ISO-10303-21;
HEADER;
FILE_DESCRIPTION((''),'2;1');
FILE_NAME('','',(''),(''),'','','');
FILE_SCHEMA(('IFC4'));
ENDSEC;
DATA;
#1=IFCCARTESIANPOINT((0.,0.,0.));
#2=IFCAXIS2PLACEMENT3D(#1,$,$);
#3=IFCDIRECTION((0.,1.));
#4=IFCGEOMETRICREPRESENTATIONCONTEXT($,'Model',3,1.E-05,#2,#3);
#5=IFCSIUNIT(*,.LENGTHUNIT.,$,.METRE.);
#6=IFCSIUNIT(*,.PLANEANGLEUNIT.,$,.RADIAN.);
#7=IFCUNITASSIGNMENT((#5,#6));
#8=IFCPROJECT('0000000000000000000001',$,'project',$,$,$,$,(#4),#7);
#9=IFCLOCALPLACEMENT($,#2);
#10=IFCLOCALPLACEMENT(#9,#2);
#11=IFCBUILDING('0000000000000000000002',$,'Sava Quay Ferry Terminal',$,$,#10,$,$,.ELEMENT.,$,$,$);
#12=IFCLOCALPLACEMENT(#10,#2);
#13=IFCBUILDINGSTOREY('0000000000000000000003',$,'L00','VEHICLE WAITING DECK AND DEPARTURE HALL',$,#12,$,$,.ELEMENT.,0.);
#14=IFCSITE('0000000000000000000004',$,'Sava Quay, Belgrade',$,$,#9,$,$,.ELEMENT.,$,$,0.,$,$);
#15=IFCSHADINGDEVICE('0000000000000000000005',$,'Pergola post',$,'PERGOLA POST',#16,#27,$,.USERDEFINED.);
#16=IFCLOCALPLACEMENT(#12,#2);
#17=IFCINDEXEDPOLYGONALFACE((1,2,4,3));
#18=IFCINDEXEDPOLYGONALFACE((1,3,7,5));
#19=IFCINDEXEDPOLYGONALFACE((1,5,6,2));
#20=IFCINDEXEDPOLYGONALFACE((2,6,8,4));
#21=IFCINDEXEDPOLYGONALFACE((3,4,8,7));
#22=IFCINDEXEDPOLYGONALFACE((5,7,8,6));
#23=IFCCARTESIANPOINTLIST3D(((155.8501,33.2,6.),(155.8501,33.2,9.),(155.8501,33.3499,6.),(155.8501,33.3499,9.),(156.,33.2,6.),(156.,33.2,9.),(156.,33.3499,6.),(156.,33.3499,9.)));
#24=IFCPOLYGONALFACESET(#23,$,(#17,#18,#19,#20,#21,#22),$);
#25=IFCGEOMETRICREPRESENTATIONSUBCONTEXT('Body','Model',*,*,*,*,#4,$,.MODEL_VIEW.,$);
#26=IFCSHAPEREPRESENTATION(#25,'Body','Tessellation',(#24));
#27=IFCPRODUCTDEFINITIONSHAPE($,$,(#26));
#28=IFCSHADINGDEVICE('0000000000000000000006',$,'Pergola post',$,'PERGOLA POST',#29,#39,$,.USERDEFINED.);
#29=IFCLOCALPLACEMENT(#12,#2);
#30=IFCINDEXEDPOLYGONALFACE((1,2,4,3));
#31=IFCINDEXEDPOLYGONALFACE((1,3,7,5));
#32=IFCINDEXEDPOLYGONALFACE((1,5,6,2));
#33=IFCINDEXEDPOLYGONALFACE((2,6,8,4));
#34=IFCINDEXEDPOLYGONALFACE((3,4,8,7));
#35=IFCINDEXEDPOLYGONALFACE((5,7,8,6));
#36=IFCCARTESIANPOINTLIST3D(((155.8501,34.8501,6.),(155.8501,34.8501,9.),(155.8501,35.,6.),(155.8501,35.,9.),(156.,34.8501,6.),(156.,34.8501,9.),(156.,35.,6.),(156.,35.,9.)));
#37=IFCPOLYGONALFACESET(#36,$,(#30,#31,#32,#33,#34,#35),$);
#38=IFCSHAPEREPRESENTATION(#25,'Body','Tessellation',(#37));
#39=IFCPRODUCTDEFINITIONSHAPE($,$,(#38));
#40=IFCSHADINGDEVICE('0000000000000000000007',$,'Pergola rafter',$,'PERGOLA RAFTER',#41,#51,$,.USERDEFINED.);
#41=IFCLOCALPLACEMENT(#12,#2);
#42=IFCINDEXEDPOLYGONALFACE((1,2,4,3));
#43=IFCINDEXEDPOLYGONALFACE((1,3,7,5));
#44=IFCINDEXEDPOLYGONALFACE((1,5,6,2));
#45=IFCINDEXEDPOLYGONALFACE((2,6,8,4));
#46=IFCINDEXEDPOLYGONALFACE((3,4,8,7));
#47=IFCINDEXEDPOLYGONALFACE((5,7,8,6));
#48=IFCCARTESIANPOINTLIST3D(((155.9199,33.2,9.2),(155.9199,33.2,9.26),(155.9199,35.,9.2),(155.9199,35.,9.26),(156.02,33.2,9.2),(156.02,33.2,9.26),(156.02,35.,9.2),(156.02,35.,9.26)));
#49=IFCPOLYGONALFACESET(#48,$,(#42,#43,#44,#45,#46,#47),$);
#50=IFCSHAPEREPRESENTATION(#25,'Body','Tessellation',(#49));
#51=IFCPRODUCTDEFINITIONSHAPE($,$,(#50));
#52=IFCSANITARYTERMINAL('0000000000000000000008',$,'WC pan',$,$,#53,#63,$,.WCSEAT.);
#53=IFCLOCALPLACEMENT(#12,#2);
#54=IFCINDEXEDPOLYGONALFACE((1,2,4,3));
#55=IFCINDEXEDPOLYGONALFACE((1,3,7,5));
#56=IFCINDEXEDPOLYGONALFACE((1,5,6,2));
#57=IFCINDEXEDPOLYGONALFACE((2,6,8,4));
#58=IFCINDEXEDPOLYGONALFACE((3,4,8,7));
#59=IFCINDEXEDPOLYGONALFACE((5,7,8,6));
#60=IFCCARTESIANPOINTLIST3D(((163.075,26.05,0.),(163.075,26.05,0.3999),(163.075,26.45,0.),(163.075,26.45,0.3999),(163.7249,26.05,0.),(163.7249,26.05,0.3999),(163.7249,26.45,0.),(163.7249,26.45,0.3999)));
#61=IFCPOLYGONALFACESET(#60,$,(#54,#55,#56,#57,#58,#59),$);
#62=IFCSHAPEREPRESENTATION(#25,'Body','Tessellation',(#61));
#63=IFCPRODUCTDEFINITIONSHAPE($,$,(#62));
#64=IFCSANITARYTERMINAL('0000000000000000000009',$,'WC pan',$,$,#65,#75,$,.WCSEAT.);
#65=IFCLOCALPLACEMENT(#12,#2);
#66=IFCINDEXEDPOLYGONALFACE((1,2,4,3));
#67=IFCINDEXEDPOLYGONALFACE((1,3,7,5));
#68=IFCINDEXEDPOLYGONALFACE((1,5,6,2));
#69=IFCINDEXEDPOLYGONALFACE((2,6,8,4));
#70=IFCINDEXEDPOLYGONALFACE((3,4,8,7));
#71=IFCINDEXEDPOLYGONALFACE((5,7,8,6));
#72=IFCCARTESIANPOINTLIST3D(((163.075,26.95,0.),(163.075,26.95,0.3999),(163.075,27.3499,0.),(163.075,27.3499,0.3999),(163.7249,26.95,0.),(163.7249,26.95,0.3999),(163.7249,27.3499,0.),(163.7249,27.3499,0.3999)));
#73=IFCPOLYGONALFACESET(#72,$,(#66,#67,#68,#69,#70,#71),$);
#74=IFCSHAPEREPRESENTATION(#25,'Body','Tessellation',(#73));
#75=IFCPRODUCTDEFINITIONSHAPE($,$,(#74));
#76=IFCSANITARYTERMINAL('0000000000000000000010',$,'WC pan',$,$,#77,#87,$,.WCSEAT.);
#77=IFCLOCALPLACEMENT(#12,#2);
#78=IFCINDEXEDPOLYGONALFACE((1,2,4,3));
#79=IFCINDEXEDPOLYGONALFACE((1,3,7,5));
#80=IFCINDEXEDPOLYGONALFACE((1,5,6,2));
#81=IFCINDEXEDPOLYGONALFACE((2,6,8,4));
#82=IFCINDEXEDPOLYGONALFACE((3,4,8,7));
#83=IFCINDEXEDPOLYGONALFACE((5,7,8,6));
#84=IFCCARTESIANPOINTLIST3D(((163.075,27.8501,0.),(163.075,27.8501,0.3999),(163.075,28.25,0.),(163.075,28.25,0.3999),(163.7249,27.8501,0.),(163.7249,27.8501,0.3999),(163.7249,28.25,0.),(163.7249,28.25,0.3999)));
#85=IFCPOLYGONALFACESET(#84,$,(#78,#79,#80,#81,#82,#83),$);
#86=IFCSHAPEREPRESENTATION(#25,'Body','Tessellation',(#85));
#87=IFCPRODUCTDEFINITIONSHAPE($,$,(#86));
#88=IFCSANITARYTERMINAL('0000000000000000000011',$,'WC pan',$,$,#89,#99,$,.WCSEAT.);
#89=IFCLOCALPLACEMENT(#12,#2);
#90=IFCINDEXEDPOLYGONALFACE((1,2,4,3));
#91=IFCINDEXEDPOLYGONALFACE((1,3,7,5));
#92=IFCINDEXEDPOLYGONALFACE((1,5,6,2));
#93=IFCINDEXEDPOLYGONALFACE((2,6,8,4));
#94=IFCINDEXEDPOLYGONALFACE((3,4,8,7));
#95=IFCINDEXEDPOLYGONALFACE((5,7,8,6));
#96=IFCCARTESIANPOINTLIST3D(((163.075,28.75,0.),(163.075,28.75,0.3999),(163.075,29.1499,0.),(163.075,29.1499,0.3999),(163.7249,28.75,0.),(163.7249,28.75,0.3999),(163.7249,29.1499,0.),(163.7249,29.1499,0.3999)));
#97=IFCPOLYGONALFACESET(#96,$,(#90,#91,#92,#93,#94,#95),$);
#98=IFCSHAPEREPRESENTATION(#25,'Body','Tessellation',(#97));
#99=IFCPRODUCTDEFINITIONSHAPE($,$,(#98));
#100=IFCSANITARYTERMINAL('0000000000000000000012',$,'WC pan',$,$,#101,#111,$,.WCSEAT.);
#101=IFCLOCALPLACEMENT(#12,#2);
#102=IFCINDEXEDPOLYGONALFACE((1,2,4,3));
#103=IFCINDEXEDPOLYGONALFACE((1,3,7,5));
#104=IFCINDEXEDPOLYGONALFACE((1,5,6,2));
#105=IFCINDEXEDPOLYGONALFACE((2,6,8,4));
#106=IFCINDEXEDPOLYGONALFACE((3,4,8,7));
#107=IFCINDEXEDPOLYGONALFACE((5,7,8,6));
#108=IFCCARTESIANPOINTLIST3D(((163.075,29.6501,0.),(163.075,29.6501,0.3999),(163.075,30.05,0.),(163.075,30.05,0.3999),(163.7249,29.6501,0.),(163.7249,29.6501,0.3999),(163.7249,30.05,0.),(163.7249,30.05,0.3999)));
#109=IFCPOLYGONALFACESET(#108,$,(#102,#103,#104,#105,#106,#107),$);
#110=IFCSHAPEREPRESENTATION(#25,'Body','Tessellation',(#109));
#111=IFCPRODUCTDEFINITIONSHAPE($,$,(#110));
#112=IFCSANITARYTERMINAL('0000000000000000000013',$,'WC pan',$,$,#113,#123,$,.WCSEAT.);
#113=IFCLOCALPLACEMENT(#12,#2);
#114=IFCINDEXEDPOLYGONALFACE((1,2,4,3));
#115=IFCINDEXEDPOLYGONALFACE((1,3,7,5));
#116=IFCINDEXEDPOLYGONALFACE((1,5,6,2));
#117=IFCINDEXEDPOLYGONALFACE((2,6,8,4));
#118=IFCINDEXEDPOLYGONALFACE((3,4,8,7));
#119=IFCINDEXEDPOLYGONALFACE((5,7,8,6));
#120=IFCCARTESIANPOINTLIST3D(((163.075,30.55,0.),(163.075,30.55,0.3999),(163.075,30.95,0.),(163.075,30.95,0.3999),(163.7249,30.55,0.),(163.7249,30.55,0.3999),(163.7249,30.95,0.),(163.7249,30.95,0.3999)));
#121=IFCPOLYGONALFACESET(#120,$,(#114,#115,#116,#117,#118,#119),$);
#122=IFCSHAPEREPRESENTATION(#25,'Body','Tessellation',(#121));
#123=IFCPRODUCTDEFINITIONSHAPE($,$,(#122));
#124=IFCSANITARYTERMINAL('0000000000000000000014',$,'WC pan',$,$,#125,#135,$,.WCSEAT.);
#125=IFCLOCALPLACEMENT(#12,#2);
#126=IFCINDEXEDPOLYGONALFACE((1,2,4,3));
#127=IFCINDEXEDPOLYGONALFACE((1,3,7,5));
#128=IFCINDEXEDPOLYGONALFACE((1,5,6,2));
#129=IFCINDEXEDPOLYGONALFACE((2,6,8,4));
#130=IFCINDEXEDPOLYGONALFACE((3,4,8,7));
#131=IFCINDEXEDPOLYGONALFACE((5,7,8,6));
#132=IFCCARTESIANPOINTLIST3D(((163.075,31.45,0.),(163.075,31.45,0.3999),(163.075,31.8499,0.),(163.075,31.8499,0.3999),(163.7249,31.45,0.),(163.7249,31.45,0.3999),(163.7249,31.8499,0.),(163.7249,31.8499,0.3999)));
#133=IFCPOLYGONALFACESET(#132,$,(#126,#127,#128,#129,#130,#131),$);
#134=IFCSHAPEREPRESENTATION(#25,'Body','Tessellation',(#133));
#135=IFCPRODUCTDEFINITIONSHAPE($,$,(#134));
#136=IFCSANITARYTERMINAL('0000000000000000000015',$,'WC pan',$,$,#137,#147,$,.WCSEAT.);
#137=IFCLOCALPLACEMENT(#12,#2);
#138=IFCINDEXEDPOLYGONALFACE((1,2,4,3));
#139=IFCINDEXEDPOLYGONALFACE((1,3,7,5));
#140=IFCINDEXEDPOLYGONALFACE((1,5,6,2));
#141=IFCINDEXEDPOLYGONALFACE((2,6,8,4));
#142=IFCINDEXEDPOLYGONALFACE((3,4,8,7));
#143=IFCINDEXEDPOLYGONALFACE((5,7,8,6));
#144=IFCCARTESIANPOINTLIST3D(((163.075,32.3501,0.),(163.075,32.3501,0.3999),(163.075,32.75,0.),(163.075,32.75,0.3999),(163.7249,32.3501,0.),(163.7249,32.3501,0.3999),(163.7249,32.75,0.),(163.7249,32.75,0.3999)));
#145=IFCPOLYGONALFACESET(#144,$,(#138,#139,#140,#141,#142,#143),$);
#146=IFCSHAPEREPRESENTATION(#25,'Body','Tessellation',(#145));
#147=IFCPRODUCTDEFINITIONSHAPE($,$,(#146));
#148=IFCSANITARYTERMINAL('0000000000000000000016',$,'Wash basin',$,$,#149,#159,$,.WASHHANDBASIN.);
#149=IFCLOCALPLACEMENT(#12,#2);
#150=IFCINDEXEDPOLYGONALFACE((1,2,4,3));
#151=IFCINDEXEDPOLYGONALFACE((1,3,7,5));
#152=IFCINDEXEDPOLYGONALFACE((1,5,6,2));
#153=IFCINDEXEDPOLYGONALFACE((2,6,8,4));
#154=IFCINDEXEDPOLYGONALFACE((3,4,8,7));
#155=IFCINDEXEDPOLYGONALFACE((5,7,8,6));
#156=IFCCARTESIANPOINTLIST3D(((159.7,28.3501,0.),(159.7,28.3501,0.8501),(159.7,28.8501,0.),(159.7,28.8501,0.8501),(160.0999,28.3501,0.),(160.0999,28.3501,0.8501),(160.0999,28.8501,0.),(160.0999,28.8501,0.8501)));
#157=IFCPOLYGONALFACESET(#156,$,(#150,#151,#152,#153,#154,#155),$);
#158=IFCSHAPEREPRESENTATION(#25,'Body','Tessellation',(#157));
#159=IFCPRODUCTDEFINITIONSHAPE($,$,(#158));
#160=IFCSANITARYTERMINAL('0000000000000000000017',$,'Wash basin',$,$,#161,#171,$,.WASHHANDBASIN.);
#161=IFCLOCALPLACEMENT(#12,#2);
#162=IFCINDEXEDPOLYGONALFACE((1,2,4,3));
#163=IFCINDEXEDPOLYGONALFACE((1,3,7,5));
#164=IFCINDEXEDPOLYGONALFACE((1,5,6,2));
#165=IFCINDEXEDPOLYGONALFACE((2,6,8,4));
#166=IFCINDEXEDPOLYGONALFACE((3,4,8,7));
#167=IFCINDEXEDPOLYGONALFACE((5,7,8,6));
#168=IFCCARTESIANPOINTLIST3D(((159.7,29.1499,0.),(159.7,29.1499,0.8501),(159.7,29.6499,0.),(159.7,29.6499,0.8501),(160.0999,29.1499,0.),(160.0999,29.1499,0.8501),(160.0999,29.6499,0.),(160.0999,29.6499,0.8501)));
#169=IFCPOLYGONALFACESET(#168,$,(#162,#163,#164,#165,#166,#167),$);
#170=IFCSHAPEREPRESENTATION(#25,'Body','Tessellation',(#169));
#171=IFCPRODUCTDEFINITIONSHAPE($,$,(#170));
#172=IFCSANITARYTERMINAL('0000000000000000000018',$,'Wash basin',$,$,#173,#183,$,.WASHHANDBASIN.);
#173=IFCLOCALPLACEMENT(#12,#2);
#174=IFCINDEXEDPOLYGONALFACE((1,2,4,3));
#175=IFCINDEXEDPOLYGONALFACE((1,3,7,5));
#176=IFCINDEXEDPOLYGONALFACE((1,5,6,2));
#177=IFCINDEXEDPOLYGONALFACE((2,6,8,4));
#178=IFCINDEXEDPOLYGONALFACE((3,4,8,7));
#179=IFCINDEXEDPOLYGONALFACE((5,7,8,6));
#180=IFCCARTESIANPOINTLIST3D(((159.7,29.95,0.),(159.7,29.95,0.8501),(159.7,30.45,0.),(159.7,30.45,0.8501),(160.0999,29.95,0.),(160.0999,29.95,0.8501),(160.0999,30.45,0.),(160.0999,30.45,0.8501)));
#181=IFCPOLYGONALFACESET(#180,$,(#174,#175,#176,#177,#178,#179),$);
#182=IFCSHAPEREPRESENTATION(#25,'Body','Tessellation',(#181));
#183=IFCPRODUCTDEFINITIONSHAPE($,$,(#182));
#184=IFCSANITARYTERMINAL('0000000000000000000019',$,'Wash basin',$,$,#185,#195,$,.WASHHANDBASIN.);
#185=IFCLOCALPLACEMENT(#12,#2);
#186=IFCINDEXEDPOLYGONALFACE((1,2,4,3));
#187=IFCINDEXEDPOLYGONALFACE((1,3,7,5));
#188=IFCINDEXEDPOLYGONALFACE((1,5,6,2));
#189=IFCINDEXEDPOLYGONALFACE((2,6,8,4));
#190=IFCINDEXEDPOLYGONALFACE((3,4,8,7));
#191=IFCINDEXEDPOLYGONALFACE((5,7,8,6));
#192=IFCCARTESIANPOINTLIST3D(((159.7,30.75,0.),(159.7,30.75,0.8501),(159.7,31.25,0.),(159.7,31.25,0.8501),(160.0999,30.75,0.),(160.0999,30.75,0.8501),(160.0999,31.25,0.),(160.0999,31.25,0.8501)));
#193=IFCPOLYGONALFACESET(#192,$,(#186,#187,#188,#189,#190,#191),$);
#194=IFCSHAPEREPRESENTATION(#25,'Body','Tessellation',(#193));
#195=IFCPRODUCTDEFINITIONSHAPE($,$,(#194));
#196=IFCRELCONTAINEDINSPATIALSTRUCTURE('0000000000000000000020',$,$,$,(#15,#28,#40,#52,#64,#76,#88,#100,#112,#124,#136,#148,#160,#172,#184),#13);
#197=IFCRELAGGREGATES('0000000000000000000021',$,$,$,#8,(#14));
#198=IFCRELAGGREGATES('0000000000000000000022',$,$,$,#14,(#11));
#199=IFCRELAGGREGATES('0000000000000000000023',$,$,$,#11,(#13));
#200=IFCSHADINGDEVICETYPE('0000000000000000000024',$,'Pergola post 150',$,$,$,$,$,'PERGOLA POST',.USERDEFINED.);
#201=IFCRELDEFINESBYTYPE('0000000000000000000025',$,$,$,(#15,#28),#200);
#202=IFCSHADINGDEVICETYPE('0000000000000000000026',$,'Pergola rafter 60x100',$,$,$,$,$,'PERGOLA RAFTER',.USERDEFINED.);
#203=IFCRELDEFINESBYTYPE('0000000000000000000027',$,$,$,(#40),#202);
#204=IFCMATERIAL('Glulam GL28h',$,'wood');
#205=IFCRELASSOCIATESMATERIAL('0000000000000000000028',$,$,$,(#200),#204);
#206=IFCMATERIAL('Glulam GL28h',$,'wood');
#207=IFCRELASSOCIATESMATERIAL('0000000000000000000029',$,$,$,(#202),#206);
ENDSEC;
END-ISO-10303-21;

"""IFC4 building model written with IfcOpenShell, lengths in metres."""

from ifc_helpers import new_model, si_unit, direction, frame, origin, origin_2d, place, context, subcontext, project, spatial, rectangle, extrude, material, material_profile, profile_set, type_object, element, save


model = new_model("IFC4")

# Units and contexts
model_context = context("Model", 3, precision=1e-05, world=origin(), true_north=direction((0.0, 1.0)))
body_context = subcontext(model_context, "Body", "Model", "MODEL_VIEW")
ifc_project = project(units=[si_unit("LENGTHUNIT", "METRE"), si_unit("PLANEANGLEUNIT", "RADIAN")], contexts=[model_context])

# Site, building, storey
site_placement = place(None, origin())
site = spatial("IfcSite", under=ifc_project, at=site_placement, Name="Sava Quay, Belgrade", CompositionType="ELEMENT", RefElevation=0.0)
building_placement = place(site_placement, origin())
building = spatial("IfcBuilding", under=site, at=building_placement, Name="Sava Quay Ferry Terminal", CompositionType="ELEMENT")
storey_placement = place(building_placement, origin())
storey = spatial("IfcBuildingStorey", under=building, at=storey_placement, Name="L00", Description="VEHICLE WAITING DECK AND DEPARTURE HALL", CompositionType="ELEMENT", Elevation=0.0)

# Shading devices
ifc_material_1 = material(Name="Glulam GL28h", Category="wood")
ifc_material_profile_1 = material_profile(ifc_material_1, rectangle(XDim=0.1499, YDim=0.1499, at=origin_2d()), Name="Pergola 150 x 150")
ifc_profile_set_1 = profile_set([ifc_material_profile_1], Name="Glulam GL28h")
shading_device_type_1 = type_object("IfcShadingDeviceType", Name="Pergola post 150", ElementType="PERGOLA POST", PredefinedType="USERDEFINED", material=ifc_profile_set_1)
for number, where, z_axis, x_axis, name in (
    (1, (155.925, 33.2749, 6.0), (0.0, 0.0, 1.0), (1.0, 0.0, 0.0), "Pergola post"),
    (2, (155.925, 34.925, 6.0), (0.0, 0.0, 1.0), (1.0, 0.0, 0.0), "Pergola post"),
):
    element("IfcShadingDevice", number, at=place(storey_placement, frame(where, z_axis=z_axis, x_axis=x_axis)), inside=storey, type_object=shading_device_type_1, Name=name, ObjectType="PERGOLA POST", PredefinedType="USERDEFINED", context=body_context, shape_type="SweptSolid", body=[
        extrude(rectangle(XDim=0.1499, YDim=0.1499, at=origin_2d()), origin(), (0.0, 0.0, 1.0), 3.0),
    ])
ifc_material_2 = material(Name="Glulam GL28h", Category="wood")
ifc_material_profile_2 = material_profile(ifc_material_2, rectangle(XDim=0.0601, YDim=0.1001, at=origin_2d()), Name="Pergola 60 x 100")
ifc_profile_set_2 = profile_set([ifc_material_profile_2], Name="Glulam GL28h")
shading_device_type_2 = type_object("IfcShadingDeviceType", Name="Pergola rafter 60x100", ElementType="PERGOLA RAFTER", PredefinedType="USERDEFINED", material=ifc_profile_set_2)
shading_device_placement = place(storey_placement, frame((155.97, 33.2, 9.23), z_axis=(0.0, 1.0, 0.0), x_axis=(0.0, 0.0, 1.0)))
element("IfcShadingDevice", 3, at=shading_device_placement, inside=storey, type_object=shading_device_type_2, Name="Pergola rafter", ObjectType="PERGOLA RAFTER", PredefinedType="USERDEFINED", context=body_context, shape_type="SweptSolid", body=[
    extrude(rectangle(XDim=0.0601, YDim=0.1001, at=origin_2d()), origin(), (0.0, 0.0, 1.0), 1.8),
])

# Sanitary terminals
for number, where, z_axis, x_axis, name in (
    (4, (163.3999, 26.25, 0.0), (0.0, 0.0, 1.0), (1.0, 0.0, 0.0), "WC pan"),
    (5, (163.3999, 27.1499, 0.0), (0.0, 0.0, 1.0), (1.0, 0.0, 0.0), "WC pan"),
    (6, (163.3999, 28.05, 0.0), (0.0, 0.0, 1.0), (1.0, 0.0, 0.0), "WC pan"),
    (7, (163.3999, 28.95, 0.0), (0.0, 0.0, 1.0), (1.0, 0.0, 0.0), "WC pan"),
    (8, (163.3999, 29.8501, 0.0), (0.0, 0.0, 1.0), (1.0, 0.0, 0.0), "WC pan"),
    (9, (163.3999, 30.75, 0.0), (0.0, 0.0, 1.0), (1.0, 0.0, 0.0), "WC pan"),
    (10, (163.3999, 31.6499, 0.0), (0.0, 0.0, 1.0), (1.0, 0.0, 0.0), "WC pan"),
    (11, (163.3999, 32.55, 0.0), (0.0, 0.0, 1.0), (1.0, 0.0, 0.0), "WC pan"),
):
    element("IfcSanitaryTerminal", number, at=place(storey_placement, frame(where, z_axis=z_axis, x_axis=x_axis)), inside=storey, Name=name, PredefinedType="WCSEAT", context=body_context, shape_type="SweptSolid", body=[
        extrude(rectangle(XDim=0.6499, YDim=0.3999, at=origin_2d()), origin(), (0.0, 0.0, 1.0), 0.3999),
    ])
for number, where, z_axis, x_axis, name in (
    (12, (159.8999, 28.6001, 0.0), (0.0, 0.0, 1.0), (1.0, 0.0, 0.0), "Wash basin"),
    (13, (159.8999, 29.3999, 0.0), (0.0, 0.0, 1.0), (1.0, 0.0, 0.0), "Wash basin"),
    (14, (159.8999, 30.2, 0.0), (0.0, 0.0, 1.0), (1.0, 0.0, 0.0), "Wash basin"),
    (15, (159.8999, 31.0, 0.0), (0.0, 0.0, 1.0), (1.0, 0.0, 0.0), "Wash basin"),
):
    element("IfcSanitaryTerminal", number, at=place(storey_placement, frame(where, z_axis=z_axis, x_axis=x_axis)), inside=storey, Name=name, PredefinedType="WASHHANDBASIN", context=body_context, shape_type="SweptSolid", body=[
        extrude(rectangle(XDim=0.3999, YDim=0.5, at=origin_2d()), origin(), (0.0, 0.0, 1.0), 0.8501),
    ])

save(model, "model.ifc")
